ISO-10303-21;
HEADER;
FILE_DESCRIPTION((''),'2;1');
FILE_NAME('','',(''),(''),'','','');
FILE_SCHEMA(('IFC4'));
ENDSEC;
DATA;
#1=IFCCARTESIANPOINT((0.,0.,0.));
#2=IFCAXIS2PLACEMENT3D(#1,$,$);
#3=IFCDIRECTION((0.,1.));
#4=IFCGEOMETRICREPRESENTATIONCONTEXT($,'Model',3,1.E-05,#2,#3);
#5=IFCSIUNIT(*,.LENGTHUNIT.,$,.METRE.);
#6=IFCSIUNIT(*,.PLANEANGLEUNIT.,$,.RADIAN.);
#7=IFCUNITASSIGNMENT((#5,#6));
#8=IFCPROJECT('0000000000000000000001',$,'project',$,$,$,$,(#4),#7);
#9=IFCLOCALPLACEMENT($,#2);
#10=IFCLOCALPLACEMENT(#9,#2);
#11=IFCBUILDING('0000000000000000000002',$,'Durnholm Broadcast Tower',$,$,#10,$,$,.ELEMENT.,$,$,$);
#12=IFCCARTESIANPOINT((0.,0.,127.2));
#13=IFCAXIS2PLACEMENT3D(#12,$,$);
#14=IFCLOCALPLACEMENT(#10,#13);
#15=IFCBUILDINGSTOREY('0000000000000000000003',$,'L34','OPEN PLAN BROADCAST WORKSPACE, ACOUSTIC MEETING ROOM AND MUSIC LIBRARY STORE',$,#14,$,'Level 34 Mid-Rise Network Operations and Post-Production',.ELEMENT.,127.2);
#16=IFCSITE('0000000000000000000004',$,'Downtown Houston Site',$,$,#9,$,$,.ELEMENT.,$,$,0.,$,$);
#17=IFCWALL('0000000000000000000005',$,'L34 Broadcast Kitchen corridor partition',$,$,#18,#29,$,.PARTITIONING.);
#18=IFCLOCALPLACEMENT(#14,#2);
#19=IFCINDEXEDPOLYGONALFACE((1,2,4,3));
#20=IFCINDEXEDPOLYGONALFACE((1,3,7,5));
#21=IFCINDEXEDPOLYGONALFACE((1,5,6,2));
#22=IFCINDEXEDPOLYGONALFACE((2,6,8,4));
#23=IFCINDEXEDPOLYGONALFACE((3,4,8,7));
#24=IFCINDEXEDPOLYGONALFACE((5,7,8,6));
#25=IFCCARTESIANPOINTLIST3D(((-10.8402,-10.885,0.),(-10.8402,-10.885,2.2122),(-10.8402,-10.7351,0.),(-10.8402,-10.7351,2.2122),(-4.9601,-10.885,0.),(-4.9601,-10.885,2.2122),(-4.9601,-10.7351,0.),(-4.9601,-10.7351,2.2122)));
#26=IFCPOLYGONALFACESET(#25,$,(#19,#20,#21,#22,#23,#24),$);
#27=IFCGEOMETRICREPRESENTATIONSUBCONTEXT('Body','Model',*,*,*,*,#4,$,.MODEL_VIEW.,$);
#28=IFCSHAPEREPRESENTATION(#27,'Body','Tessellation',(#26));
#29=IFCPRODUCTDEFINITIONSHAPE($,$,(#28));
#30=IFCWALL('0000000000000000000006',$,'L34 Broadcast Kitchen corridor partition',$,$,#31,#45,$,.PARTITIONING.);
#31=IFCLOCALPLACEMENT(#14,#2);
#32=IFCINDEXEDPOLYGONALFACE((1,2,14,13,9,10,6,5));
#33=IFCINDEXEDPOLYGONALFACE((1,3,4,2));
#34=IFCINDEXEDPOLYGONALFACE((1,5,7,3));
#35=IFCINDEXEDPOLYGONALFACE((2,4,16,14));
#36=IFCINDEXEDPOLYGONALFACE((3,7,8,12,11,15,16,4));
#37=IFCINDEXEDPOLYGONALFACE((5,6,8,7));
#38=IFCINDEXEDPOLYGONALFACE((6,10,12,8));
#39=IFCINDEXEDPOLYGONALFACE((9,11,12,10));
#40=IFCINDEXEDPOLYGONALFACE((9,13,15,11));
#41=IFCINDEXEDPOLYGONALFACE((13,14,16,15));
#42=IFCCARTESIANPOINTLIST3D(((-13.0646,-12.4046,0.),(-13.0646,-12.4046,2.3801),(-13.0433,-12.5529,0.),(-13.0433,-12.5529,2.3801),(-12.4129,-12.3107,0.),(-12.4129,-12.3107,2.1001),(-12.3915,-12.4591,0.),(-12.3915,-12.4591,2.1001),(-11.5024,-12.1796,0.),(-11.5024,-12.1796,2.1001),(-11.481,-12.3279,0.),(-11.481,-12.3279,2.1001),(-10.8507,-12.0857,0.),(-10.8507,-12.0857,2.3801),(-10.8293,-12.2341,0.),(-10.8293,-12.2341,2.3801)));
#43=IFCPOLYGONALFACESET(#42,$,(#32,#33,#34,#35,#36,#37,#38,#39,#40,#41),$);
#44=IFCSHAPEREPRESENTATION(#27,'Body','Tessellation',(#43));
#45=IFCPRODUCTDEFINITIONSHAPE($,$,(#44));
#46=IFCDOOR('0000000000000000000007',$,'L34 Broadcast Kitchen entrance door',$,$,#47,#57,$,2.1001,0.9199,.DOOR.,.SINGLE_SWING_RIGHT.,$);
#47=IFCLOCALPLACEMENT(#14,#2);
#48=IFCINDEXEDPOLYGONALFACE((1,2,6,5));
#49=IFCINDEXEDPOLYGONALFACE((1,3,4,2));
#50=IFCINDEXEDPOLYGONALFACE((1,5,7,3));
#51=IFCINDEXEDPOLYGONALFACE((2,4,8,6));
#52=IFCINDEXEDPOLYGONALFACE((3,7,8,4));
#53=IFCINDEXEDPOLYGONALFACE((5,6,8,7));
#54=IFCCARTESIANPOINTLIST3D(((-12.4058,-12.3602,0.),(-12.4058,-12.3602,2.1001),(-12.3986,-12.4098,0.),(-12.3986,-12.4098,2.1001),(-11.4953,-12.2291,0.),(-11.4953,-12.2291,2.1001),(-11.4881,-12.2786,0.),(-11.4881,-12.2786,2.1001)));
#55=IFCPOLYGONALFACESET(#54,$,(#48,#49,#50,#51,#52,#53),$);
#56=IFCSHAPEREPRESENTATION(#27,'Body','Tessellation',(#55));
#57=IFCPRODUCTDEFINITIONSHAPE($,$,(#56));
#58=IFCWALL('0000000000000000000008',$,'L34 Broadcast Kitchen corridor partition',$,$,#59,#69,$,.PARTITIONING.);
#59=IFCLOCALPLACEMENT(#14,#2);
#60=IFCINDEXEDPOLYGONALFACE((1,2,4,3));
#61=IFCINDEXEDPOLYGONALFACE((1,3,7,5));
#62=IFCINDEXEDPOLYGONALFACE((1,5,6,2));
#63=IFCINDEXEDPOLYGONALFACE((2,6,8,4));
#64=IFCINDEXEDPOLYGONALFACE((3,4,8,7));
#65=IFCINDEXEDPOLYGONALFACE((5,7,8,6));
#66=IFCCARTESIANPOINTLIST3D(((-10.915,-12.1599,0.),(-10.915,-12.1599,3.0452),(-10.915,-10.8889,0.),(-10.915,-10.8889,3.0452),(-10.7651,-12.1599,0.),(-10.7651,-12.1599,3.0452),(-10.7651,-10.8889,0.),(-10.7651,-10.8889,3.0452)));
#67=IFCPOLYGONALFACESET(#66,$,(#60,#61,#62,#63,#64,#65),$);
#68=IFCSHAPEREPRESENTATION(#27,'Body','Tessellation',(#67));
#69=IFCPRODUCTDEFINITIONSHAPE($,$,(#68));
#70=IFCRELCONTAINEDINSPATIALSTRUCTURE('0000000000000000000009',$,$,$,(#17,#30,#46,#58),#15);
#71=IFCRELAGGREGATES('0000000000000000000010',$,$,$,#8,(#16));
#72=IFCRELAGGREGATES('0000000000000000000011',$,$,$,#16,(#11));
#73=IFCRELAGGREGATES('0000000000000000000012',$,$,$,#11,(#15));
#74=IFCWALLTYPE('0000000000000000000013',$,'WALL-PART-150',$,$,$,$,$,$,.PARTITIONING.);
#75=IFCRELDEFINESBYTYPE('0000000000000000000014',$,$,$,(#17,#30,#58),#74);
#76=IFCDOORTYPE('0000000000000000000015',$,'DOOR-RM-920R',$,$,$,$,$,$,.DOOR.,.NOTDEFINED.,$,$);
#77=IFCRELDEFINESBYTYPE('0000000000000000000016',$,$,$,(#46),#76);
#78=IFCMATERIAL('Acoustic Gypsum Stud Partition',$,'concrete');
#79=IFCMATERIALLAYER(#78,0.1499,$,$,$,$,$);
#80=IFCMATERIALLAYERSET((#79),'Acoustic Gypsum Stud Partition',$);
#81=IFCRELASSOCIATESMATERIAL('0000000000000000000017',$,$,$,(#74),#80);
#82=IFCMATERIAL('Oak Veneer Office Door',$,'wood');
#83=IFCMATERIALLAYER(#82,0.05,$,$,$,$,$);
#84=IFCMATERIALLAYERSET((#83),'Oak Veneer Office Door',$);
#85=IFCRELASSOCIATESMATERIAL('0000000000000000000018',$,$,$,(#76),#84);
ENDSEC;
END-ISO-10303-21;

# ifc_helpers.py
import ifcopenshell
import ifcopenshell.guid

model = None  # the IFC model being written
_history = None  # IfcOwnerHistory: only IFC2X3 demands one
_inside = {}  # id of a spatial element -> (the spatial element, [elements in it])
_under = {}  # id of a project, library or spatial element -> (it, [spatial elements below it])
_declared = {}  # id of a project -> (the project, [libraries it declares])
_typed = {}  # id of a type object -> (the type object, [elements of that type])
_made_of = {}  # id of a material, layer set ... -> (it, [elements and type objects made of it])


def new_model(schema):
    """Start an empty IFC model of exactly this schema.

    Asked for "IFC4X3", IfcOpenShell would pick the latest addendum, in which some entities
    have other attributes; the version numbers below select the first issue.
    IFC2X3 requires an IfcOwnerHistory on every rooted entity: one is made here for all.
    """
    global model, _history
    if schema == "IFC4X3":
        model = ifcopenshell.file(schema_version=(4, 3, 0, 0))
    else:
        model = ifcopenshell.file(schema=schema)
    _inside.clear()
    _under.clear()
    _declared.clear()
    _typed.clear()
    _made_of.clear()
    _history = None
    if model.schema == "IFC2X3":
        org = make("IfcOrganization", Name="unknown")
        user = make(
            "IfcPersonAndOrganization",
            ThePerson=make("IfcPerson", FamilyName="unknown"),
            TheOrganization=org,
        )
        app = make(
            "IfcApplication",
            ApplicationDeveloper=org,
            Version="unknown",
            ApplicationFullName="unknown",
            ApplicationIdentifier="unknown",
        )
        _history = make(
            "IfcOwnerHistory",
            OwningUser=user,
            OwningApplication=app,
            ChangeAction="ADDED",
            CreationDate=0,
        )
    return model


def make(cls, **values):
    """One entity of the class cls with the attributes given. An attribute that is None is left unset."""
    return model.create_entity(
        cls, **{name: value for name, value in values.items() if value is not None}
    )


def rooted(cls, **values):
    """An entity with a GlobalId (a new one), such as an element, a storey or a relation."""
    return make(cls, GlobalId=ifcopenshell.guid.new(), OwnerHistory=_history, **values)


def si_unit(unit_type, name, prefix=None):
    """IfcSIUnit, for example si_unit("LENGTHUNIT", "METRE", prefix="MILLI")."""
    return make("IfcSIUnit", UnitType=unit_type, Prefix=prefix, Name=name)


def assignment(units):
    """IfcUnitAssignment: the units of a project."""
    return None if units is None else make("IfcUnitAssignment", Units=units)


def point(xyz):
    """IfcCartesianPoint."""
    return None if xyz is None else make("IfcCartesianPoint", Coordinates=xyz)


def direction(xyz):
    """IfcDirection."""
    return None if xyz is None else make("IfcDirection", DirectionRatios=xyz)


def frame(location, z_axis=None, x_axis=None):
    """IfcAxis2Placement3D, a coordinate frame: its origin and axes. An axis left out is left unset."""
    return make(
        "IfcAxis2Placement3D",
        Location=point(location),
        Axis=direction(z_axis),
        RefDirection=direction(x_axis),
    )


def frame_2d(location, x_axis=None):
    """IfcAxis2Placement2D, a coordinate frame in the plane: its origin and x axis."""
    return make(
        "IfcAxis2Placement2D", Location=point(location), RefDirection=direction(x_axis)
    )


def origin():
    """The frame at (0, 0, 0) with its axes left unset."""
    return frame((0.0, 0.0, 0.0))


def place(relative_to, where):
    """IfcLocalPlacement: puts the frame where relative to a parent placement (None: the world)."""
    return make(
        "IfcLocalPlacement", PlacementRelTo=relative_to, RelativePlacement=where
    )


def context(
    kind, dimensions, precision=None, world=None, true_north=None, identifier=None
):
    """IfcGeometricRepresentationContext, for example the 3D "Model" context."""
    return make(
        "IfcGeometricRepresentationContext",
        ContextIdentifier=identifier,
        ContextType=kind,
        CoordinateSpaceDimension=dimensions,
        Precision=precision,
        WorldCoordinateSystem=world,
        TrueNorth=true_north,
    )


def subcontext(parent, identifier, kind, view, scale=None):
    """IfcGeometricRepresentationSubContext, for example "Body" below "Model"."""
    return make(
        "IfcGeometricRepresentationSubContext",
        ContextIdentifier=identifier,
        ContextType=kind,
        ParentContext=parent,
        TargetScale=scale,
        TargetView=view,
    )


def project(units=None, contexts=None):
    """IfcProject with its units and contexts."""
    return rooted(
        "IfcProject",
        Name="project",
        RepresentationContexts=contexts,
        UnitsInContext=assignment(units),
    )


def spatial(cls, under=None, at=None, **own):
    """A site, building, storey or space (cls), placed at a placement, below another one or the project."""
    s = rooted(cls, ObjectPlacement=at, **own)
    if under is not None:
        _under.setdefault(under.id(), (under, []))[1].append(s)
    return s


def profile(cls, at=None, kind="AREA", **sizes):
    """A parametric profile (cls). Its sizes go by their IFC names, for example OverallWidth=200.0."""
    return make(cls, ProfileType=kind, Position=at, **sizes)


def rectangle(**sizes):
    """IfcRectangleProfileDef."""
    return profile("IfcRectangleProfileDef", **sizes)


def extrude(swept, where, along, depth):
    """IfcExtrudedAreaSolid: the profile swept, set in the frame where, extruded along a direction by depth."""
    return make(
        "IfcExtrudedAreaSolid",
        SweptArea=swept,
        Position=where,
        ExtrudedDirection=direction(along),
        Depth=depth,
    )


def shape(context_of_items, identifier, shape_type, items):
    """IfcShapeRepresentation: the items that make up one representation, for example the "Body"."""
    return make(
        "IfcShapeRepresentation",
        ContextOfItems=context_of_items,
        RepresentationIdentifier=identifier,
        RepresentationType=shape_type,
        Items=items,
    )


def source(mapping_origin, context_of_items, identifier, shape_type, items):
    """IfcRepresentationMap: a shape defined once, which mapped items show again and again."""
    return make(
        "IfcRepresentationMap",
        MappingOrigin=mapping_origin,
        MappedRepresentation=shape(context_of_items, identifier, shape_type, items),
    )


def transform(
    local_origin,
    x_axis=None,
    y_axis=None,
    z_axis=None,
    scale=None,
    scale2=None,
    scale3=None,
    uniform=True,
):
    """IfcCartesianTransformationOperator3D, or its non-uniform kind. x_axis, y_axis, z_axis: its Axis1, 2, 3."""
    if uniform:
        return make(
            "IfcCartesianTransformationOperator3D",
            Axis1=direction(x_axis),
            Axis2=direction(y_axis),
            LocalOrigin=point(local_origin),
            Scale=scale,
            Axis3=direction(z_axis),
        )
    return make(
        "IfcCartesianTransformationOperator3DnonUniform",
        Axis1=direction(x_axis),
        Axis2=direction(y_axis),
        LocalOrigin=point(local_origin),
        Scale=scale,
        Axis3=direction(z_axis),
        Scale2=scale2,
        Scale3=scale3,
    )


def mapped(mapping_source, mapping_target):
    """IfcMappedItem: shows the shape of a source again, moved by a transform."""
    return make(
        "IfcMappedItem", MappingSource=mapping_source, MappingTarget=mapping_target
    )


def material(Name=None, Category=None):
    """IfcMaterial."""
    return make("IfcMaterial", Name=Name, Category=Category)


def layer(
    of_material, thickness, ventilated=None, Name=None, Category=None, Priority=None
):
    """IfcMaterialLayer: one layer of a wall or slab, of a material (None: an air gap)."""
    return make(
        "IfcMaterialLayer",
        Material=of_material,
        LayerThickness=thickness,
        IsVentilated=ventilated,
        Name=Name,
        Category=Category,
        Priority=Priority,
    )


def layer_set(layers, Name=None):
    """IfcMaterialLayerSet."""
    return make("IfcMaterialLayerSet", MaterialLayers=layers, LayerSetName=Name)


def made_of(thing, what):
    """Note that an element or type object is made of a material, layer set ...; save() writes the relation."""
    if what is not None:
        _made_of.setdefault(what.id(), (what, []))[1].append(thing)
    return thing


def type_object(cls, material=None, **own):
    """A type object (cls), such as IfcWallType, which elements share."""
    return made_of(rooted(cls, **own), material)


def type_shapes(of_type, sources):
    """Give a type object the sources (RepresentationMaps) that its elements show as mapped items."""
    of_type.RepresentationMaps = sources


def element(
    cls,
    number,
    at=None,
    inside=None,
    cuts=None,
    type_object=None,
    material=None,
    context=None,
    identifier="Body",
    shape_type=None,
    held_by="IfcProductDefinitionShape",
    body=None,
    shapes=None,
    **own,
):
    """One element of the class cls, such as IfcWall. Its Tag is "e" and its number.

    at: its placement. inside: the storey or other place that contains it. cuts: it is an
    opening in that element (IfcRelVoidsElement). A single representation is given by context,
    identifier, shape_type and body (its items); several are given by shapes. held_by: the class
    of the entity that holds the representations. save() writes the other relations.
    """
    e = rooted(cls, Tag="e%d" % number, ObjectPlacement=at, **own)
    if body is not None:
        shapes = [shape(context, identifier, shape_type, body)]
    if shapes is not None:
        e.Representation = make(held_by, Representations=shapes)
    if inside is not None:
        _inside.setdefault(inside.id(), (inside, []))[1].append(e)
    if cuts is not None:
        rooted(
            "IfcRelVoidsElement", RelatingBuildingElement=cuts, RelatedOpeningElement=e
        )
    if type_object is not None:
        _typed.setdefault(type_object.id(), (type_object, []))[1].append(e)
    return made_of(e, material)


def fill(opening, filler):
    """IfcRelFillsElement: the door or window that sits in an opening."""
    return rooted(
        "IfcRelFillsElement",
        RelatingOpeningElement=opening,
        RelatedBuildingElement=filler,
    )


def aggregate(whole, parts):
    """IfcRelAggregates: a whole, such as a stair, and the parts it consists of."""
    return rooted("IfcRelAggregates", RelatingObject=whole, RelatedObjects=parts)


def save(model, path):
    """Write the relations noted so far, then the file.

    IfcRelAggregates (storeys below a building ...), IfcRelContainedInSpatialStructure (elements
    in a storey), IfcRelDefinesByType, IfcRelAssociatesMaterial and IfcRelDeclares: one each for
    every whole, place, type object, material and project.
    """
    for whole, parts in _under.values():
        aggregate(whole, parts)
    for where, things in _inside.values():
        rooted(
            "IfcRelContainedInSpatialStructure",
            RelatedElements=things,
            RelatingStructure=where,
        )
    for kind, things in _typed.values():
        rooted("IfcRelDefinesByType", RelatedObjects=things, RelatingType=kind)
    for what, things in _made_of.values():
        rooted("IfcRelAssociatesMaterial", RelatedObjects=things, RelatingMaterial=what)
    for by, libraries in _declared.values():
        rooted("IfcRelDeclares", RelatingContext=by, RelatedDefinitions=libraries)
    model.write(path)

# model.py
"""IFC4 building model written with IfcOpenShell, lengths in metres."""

from ifc_helpers import new_model, si_unit, direction, frame, frame_2d, origin, place, context, subcontext, project, spatial, rectangle, extrude, source, transform, mapped, material, layer, layer_set, type_object, type_shapes, element, fill, save


model = new_model("IFC4")

# Units and contexts
model_context = context("Model", 3, precision=1e-05, world=origin(), true_north=direction((0.0, 1.0)))
body_context = subcontext(model_context, "Body", "Model", "MODEL_VIEW")
ifc_project = project(units=[si_unit("LENGTHUNIT", "METRE"), si_unit("PLANEANGLEUNIT", "RADIAN")], contexts=[model_context])

# Site, building, storey
site_placement = place(None, origin())
site = spatial("IfcSite", under=ifc_project, at=site_placement, Name="Downtown Houston Site", CompositionType="ELEMENT", RefElevation=0.0)
building_placement = place(site_placement, origin())
building = spatial("IfcBuilding", under=site, at=building_placement, Name="Durnholm Broadcast Tower", CompositionType="ELEMENT")
storey_placement = place(building_placement, frame((0.0, 0.0, 127.2)))
storey = spatial("IfcBuildingStorey", under=building, at=storey_placement, Name="L34", Description="OPEN PLAN BROADCAST WORKSPACE, ACOUSTIC MEETING ROOM AND MUSIC LIBRARY STORE", LongName="Level 34 Mid-Rise Network Operations and Post-Production", CompositionType="ELEMENT", Elevation=127.2)

# Wall
ifc_material_1 = material(Name="Acoustic Gypsum Stud Partition", Category="concrete")
ifc_layer_1 = layer(ifc_material_1, 0.1499)
ifc_layer_set_1 = layer_set([ifc_layer_1], Name="Acoustic Gypsum Stud Partition")
wall_type_1 = type_object("IfcWallType", Name="WALL-PART-150", PredefinedType="PARTITIONING", material=ifc_layer_set_1)
wall_1_placement = place(storey_placement, frame((-10.8401, -10.8101, 0.0), z_axis=(0.0, 0.0, 1.0), x_axis=(1.0, 0.0, 0.0)))
element("IfcWall", 1, at=wall_1_placement, inside=storey, type_object=wall_type_1, Name="L34 Broadcast Kitchen corridor partition", PredefinedType="PARTITIONING", context=body_context, shape_type="SweptSolid", body=[
    extrude(rectangle(XDim=5.8801, YDim=0.1499, at=frame_2d((2.9399, 0.0))), origin(), (0.0, 0.0, 1.0), 2.2122),
])

# Wall, opening, door
wall_2_placement = place(storey_placement, frame((-13.054, -12.4788, 0.0), z_axis=(0.0, 0.0, 1.0), x_axis=(0.989787, 0.142552, 0.0)))
wall_2 = element("IfcWall", 2, at=wall_2_placement, inside=storey, type_object=wall_type_1, Name="L34 Broadcast Kitchen corridor partition", PredefinedType="PARTITIONING", context=body_context, shape_type="SweptSolid", body=[
    extrude(rectangle(XDim=2.2368, YDim=0.1499, at=frame_2d((1.1184, 0.0))), origin(), (0.0, 0.0, 1.0), 2.3801),
])
opening_placement = place(wall_2_placement, frame((0.6584, 0.0, 0.0)))
opening = element("IfcOpeningElement", 3, at=opening_placement, cuts=wall_2, PredefinedType="OPENING", context=body_context, shape_type="SweptSolid", body=[
    extrude(rectangle(XDim=0.9199, YDim=2.1001, at=frame_2d((0.46, 1.05))), frame((0.0, 0.085, 0.0), z_axis=(0.0, -1.0, 0.0), x_axis=(1.0, 0.0, 0.0)), (0.0, 0.0, 1.0), 0.1699),
])
ifc_material_2 = material(Name="Oak Veneer Office Door", Category="wood")
ifc_layer_2 = layer(ifc_material_2, 0.05)
ifc_layer_set_2 = layer_set([ifc_layer_2], Name="Oak Veneer Office Door")
door_type = type_object("IfcDoorType", Name="DOOR-RM-920R", OperationType="NOTDEFINED", PredefinedType="DOOR", material=ifc_layer_set_2)
shared_shape_1 = source(origin(), body_context, "Body", "SweptSolid", [
    extrude(rectangle(XDim=0.9199, YDim=2.1001, at=frame_2d((0.46, 1.05))), frame((0.0, 0.0249, 0.0), z_axis=(0.0, -1.0, 0.0), x_axis=(1.0, 0.0, 0.0)), (0.0, 0.0, 1.0), 0.05),
])
type_shapes(door_type, [shared_shape_1])
door_placement = place(opening_placement, origin())
door = element("IfcDoor", 4, at=door_placement, inside=storey, type_object=door_type, Name="L34 Broadcast Kitchen entrance door", OperationType="SINGLE_SWING_RIGHT", OverallHeight=2.1001, OverallWidth=0.9199, PredefinedType="DOOR", context=body_context, shape_type="MappedRepresentation", body=[
    mapped(shared_shape_1, transform((0.0, 0.0, 0.0), x_axis=(1.0, 0.0, 0.0), y_axis=(0.0, 1.0, 0.0), z_axis=(0.0, 0.0, 1.0), scale=1.0)),
])
fill(opening, door)

# Wall
wall_3_placement = place(storey_placement, frame((-10.8401, -12.1599, 0.0), z_axis=(0.0, 0.0, 1.0), x_axis=(0.0, 1.0, 0.0)))
element("IfcWall", 5, at=wall_3_placement, inside=storey, type_object=wall_type_1, Name="L34 Broadcast Kitchen corridor partition", PredefinedType="PARTITIONING", context=body_context, shape_type="SweptSolid", body=[
    extrude(rectangle(XDim=1.271, YDim=0.1499, at=frame_2d((0.6355, 0.0))), origin(), (0.0, 0.0, 1.0), 3.0452),
])

save(model, "model.ifc")
